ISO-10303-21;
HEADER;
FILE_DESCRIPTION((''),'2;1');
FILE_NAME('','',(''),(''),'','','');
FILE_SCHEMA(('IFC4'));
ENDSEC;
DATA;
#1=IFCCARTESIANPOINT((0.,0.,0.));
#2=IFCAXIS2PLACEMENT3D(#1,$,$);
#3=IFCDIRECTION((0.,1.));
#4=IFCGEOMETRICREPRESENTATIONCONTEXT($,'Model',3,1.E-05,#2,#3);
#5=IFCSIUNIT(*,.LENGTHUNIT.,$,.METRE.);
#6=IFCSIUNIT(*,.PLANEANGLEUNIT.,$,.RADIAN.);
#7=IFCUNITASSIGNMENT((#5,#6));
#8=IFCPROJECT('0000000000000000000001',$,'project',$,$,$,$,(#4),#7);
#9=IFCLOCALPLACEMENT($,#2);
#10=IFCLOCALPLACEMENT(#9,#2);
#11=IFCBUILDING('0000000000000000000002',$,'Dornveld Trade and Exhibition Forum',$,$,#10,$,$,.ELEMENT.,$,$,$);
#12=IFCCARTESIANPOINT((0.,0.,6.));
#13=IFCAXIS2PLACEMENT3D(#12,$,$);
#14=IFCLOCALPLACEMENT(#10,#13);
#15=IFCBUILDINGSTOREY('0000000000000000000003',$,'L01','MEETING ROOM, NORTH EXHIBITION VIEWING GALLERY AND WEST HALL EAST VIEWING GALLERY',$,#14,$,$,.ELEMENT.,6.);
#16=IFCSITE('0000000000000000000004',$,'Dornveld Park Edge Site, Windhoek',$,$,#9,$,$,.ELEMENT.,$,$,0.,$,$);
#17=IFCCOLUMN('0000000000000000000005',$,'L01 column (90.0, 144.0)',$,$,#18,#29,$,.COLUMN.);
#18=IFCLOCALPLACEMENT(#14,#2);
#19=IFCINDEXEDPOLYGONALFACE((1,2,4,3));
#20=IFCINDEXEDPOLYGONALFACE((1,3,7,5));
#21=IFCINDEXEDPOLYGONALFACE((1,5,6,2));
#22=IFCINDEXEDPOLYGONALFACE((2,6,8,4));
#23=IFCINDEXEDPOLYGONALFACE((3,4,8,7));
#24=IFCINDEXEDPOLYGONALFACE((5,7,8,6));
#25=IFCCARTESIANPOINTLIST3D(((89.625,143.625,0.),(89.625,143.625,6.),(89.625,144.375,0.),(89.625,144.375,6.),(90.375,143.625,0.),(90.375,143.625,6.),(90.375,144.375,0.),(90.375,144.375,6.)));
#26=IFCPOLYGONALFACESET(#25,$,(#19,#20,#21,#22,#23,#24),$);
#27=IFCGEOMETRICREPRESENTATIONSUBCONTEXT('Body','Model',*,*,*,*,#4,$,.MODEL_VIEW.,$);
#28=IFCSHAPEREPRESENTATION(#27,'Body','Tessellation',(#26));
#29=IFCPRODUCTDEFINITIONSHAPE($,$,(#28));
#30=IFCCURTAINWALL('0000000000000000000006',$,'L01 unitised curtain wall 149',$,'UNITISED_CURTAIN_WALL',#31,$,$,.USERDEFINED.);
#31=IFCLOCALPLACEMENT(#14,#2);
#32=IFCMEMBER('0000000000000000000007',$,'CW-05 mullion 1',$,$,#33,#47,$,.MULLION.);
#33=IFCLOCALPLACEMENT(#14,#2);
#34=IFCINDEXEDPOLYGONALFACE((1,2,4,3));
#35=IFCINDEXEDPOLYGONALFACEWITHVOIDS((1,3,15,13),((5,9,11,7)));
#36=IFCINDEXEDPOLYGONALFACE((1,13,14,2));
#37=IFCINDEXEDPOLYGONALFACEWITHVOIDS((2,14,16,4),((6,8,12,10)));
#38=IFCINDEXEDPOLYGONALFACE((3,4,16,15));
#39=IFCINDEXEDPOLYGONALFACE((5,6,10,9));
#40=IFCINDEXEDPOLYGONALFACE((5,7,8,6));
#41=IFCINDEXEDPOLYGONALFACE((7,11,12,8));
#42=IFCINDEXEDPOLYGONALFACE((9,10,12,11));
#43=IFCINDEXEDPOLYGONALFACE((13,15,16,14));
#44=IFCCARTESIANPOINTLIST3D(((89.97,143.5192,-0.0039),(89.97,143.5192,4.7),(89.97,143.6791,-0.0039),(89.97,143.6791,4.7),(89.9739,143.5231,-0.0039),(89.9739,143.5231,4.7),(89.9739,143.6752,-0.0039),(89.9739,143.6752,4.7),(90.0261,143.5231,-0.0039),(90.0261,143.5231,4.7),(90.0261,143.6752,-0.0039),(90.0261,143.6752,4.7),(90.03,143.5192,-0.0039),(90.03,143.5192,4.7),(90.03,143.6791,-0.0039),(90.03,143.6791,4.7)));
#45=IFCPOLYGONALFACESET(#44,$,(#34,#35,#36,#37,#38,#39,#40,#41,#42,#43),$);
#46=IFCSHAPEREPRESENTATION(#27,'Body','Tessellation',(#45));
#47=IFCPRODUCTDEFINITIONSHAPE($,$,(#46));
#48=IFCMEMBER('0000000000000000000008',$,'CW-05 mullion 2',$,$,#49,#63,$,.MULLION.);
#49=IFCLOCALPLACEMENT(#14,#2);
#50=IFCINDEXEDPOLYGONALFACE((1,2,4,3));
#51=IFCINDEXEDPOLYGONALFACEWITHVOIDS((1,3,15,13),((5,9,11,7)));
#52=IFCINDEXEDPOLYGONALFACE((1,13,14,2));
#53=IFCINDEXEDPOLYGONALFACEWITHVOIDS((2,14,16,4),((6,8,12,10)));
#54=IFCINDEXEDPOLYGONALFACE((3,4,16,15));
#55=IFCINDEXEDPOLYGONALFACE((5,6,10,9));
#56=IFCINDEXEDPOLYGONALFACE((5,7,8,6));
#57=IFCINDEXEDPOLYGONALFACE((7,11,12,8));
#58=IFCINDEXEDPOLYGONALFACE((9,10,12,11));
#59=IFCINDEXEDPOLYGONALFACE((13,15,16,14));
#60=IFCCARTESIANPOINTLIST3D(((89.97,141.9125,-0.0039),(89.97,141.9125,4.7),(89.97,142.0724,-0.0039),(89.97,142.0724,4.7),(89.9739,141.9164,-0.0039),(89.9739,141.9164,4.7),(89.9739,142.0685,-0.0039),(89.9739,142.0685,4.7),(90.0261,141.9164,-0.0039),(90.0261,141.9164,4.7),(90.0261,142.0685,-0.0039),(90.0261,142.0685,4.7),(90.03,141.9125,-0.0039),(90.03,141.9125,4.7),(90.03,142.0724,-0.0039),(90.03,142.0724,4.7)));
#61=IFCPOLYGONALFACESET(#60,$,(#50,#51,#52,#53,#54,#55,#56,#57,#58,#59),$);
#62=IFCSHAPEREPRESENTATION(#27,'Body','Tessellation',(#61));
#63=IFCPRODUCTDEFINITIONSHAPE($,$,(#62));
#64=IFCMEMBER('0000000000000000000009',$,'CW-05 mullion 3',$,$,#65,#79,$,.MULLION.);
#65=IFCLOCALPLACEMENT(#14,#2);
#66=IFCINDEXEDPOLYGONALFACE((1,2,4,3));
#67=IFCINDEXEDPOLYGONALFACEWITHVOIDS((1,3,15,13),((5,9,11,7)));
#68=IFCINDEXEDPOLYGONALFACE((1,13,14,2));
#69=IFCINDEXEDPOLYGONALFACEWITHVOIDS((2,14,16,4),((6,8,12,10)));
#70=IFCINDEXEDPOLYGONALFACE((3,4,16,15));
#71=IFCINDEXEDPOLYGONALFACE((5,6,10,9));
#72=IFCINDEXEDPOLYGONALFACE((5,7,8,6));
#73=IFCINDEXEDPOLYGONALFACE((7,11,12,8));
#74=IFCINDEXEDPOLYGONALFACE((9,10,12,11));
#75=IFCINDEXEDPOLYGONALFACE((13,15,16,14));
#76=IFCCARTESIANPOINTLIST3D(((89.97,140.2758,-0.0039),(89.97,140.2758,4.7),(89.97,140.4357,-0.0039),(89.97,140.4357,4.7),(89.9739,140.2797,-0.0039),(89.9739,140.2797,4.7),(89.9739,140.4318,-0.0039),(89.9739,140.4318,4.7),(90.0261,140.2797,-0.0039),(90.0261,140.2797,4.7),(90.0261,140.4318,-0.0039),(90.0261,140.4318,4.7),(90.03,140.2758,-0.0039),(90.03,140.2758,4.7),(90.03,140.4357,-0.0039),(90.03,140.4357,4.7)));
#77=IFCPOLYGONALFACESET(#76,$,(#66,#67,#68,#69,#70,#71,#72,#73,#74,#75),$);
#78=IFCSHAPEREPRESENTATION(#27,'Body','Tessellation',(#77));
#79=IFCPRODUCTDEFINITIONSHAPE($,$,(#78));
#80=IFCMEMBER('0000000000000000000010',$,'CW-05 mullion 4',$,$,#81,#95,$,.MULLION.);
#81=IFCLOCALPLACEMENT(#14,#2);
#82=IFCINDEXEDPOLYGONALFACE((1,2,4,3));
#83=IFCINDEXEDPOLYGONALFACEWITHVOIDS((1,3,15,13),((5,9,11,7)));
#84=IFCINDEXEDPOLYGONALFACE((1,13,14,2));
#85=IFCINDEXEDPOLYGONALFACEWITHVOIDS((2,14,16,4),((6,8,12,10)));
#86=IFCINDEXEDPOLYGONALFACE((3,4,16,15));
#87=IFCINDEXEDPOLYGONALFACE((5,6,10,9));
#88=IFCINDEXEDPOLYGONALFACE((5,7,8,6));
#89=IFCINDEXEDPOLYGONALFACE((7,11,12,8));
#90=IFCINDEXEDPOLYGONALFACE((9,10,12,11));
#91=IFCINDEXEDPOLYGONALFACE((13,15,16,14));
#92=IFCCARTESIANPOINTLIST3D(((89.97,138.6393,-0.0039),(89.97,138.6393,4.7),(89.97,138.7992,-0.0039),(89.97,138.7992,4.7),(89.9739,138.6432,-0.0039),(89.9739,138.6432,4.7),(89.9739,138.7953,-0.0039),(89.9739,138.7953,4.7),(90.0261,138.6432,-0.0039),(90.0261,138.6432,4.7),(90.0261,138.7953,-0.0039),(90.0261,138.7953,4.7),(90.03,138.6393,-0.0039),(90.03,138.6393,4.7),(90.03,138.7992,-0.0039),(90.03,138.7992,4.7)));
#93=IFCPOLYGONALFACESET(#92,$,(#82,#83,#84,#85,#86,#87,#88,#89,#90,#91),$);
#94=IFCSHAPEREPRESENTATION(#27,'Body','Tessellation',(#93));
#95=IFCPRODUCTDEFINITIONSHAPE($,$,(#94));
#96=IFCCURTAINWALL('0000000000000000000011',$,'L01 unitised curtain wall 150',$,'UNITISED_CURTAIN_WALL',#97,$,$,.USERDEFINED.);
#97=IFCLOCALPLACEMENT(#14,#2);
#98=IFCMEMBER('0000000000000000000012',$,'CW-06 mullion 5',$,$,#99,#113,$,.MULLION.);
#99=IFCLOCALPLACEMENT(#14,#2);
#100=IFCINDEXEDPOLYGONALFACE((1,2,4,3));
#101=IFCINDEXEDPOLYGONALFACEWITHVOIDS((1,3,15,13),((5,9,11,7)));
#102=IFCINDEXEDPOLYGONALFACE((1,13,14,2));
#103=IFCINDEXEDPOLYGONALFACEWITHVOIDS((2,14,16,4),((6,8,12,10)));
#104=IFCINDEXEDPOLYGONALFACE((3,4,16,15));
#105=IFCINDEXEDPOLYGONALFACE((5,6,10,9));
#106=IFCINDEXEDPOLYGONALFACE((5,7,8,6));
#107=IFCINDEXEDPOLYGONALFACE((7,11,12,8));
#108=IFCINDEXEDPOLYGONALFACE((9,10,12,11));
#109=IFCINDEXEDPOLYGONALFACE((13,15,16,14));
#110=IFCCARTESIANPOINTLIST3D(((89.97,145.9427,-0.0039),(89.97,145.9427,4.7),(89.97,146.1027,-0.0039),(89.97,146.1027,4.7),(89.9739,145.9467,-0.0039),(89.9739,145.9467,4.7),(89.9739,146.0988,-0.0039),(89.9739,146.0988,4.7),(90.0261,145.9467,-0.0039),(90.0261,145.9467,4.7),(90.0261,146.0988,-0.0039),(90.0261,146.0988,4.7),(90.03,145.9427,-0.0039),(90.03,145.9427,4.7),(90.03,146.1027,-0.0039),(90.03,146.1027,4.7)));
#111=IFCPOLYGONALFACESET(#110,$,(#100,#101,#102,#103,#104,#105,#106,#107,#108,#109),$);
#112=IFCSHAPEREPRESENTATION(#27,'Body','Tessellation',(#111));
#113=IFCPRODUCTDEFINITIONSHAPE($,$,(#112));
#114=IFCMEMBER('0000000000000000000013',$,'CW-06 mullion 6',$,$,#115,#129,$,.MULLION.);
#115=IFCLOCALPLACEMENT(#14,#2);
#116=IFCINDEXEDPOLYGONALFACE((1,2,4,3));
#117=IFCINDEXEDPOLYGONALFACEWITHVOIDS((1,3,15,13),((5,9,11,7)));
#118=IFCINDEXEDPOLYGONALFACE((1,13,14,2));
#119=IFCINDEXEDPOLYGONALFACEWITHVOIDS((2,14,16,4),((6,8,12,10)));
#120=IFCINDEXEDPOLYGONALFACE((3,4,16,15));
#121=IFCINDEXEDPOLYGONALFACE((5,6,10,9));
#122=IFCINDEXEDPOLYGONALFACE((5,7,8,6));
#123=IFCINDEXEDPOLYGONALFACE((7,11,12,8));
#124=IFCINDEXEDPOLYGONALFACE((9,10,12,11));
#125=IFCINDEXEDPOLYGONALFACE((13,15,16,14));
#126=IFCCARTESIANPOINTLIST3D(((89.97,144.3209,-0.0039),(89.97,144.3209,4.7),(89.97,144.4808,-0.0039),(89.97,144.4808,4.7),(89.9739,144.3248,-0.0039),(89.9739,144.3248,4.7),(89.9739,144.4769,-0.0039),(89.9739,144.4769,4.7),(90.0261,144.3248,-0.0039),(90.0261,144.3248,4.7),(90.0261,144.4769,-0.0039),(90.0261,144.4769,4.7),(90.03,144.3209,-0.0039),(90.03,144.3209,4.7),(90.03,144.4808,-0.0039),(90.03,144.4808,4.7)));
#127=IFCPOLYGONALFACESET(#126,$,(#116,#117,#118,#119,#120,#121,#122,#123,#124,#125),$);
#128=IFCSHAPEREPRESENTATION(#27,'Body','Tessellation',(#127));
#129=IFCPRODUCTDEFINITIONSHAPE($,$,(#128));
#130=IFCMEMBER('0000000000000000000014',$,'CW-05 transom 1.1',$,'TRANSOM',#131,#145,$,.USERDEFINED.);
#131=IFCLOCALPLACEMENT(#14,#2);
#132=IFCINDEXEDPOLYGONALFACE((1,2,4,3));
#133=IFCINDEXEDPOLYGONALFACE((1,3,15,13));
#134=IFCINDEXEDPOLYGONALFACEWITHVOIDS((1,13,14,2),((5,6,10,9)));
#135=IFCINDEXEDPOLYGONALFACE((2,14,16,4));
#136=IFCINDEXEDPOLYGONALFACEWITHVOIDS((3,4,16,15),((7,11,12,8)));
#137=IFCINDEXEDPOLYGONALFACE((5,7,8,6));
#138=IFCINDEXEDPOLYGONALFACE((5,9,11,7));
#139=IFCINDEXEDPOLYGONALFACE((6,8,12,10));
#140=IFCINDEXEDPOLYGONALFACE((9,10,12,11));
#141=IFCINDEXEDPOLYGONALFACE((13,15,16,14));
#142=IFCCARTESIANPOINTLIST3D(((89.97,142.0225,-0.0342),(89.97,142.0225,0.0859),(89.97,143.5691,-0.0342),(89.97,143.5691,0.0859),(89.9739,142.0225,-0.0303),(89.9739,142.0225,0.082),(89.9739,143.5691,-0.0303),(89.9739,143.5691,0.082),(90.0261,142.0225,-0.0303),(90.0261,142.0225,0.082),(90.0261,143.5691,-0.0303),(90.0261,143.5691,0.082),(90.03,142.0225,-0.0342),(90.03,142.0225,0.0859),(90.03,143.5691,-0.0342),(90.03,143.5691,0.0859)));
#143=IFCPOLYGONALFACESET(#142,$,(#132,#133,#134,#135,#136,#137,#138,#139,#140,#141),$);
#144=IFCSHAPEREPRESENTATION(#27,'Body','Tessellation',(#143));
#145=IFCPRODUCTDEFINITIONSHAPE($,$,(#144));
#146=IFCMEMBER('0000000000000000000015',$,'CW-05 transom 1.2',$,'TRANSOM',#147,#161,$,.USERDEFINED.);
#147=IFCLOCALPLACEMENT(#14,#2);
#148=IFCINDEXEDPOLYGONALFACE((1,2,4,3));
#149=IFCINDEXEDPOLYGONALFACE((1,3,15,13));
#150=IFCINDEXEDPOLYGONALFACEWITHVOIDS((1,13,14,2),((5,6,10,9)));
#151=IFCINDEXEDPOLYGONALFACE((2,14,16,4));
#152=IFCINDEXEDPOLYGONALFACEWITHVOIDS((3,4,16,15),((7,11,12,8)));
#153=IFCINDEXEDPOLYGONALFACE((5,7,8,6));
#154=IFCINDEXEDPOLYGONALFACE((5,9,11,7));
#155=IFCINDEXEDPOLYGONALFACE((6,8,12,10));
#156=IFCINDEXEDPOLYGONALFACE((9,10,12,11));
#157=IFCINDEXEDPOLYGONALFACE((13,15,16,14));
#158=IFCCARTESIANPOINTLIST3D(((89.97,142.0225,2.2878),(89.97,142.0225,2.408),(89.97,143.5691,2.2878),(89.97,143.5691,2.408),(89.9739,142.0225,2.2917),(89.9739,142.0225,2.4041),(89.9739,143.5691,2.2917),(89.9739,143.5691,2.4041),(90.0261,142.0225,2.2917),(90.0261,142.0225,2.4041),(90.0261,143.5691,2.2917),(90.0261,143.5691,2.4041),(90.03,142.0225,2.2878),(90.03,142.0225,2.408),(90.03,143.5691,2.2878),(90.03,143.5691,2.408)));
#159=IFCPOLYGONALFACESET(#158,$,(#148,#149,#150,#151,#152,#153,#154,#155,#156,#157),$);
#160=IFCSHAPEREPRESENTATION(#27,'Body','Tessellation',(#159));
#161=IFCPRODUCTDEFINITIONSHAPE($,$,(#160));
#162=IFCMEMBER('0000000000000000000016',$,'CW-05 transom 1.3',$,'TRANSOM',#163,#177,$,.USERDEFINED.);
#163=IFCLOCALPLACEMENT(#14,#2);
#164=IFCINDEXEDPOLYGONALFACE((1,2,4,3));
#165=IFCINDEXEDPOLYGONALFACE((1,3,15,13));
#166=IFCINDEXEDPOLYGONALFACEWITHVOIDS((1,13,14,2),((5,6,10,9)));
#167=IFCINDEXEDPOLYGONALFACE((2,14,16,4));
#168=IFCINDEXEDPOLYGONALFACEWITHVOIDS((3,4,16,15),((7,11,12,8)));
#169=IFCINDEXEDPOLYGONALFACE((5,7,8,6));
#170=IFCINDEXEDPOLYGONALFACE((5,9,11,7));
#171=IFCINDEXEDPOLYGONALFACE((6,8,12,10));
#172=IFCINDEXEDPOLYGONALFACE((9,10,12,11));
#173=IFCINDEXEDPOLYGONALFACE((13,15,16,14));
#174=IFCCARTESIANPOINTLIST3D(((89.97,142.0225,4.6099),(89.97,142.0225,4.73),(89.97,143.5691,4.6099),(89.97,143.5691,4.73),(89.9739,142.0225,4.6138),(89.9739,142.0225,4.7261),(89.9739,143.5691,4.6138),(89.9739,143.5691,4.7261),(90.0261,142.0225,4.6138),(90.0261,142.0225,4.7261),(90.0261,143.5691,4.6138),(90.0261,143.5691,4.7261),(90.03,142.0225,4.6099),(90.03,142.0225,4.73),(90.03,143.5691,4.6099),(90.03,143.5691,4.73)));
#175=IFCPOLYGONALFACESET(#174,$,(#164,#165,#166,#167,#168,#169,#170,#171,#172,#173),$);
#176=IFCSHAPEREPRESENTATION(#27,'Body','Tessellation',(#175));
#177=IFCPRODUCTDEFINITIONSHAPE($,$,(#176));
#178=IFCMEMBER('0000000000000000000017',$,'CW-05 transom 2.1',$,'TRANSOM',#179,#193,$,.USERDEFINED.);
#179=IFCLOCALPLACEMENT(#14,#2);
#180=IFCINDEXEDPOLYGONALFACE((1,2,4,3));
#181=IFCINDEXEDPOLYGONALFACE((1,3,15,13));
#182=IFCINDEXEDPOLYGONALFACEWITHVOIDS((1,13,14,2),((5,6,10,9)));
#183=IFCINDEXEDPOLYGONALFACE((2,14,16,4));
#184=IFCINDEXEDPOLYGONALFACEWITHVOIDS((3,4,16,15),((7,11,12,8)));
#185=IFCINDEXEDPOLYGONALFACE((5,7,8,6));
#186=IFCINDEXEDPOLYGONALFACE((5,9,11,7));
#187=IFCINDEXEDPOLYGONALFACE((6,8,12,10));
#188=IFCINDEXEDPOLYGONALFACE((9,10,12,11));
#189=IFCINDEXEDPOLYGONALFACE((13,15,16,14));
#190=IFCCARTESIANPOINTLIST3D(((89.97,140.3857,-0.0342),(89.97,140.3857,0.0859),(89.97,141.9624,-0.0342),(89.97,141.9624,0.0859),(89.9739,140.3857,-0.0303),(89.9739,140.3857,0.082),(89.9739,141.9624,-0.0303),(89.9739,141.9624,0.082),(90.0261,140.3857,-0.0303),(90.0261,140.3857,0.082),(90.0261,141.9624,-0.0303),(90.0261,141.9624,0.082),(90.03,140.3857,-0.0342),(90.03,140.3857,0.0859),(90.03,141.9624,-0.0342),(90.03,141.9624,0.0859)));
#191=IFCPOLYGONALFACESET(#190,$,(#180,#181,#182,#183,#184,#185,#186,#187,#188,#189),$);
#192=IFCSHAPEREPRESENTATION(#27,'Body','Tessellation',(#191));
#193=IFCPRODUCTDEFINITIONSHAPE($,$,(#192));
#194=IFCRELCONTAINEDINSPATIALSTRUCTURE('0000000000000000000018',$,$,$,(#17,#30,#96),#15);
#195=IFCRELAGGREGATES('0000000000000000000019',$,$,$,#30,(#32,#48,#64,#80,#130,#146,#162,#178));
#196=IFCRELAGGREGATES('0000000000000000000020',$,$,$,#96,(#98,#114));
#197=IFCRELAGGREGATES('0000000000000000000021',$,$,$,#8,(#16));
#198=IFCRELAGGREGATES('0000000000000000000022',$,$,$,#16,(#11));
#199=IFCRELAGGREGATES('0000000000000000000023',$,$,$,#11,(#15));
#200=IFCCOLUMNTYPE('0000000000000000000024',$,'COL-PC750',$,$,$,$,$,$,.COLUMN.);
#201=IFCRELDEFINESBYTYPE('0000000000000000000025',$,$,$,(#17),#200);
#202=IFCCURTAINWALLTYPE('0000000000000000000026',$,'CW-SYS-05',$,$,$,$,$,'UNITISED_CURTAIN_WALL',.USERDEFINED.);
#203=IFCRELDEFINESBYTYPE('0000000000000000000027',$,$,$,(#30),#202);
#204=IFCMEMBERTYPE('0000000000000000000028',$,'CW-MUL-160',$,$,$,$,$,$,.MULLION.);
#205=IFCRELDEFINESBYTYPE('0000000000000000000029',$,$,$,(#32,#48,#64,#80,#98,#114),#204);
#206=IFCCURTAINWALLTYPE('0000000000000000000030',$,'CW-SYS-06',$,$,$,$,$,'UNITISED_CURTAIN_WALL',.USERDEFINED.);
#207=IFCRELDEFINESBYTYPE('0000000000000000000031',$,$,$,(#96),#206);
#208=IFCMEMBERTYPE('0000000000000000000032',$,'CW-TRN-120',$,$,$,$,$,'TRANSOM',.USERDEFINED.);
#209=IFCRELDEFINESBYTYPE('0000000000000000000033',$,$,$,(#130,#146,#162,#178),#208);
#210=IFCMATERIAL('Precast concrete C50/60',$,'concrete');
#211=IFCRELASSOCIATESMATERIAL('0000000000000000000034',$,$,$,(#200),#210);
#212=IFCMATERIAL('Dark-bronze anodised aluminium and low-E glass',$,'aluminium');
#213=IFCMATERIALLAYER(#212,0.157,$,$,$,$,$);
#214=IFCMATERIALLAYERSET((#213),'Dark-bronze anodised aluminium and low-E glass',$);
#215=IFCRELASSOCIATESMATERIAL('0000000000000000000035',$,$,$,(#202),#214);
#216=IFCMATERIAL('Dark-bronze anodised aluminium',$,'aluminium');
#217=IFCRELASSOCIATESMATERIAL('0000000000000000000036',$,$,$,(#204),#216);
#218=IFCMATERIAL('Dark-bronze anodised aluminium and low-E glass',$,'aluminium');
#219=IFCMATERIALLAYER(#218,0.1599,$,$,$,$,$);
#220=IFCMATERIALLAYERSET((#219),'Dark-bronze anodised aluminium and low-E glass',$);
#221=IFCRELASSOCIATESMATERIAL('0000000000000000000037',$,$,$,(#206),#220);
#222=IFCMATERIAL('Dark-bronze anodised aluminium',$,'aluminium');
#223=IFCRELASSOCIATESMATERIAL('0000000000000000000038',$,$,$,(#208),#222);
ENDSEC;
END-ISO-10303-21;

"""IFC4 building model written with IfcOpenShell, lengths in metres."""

from ifc_helpers import new_model, si_unit, direction, frame, origin, origin_2d, place, context, subcontext, project, spatial, rectangle, hollow_rectangle, extrude, material, layer, layer_set, material_profile, profile_set, type_object, element, aggregate, save


model = new_model("IFC4")

# Units and contexts
model_context = context("Model", 3, precision=1e-05, world=origin(), true_north=direction((0.0, 1.0)))
body_context = subcontext(model_context, "Body", "Model", "MODEL_VIEW")
ifc_project = project(units=[si_unit("LENGTHUNIT", "METRE"), si_unit("PLANEANGLEUNIT", "RADIAN")], contexts=[model_context])

# Site, building, storey
site_placement = place(None, origin())
site = spatial("IfcSite", under=ifc_project, at=site_placement, Name="Dornveld Park Edge Site, Windhoek", CompositionType="ELEMENT", RefElevation=0.0)
building_placement = place(site_placement, origin())
building = spatial("IfcBuilding", under=site, at=building_placement, Name="Dornveld Trade and Exhibition Forum", CompositionType="ELEMENT")
storey_placement = place(building_placement, frame((0.0, 0.0, 6.0)))
storey = spatial("IfcBuildingStorey", under=building, at=storey_placement, Name="L01", Description="MEETING ROOM, NORTH EXHIBITION VIEWING GALLERY AND WEST HALL EAST VIEWING GALLERY", CompositionType="ELEMENT", Elevation=6.0)

# Column
ifc_material_1 = material(Name="Precast concrete C50/60", Category="concrete")
ifc_material_profile_1 = material_profile(ifc_material_1, rectangle(XDim=0.75, YDim=0.75, at=origin_2d()), Name="PC-COL 750x750")
ifc_profile_set_1 = profile_set([ifc_material_profile_1], Name="Precast concrete C50/60")
column_type = type_object("IfcColumnType", Name="COL-PC750", PredefinedType="COLUMN", material=ifc_profile_set_1)
column_placement = place(storey_placement, frame((90.0, 144.0, 0.0), z_axis=(0.0, 0.0, 1.0), x_axis=(1.0, 0.0, 0.0)))
element("IfcColumn", 1, at=column_placement, inside=storey, type_object=column_type, Name="L01 column (90.0, 144.0)", PredefinedType="COLUMN", context=body_context, shape_type="SweptSolid", body=[
    extrude(rectangle(XDim=0.75, YDim=0.75, at=origin_2d()), origin(), (0.0, 0.0, 1.0), 6.0),
])

# Curtain walls, members
ifc_material_2 = material(Name="Dark-bronze anodised aluminium and low-E glass", Category="aluminium")
ifc_layer_1 = layer(ifc_material_2, 0.157)
ifc_layer_set_1 = layer_set([ifc_layer_1], Name="Dark-bronze anodised aluminium and low-E glass")
curtain_wall_type_1 = type_object("IfcCurtainWallType", Name="CW-SYS-05", ElementType="UNITISED_CURTAIN_WALL", PredefinedType="USERDEFINED", material=ifc_layer_set_1)
curtain_wall_1_placement = place(storey_placement, origin())
curtain_wall_1 = element("IfcCurtainWall", 2, at=curtain_wall_1_placement, inside=storey, type_object=curtain_wall_type_1, Name="L01 unitised curtain wall 149", ObjectType="UNITISED_CURTAIN_WALL", PredefinedType="USERDEFINED")
ifc_material_3 = material(Name="Dark-bronze anodised aluminium", Category="aluminium")
ifc_material_profile_2 = material_profile(ifc_material_3, hollow_rectangle(XDim=0.0601, YDim=0.1599, WallThickness=0.0039, at=origin_2d()), Name="RHS 160x60x4")
ifc_profile_set_2 = profile_set([ifc_material_profile_2], Name="Dark-bronze anodised aluminium")
member_type_1 = type_object("IfcMemberType", Name="CW-MUL-160", PredefinedType="MULLION", material=ifc_profile_set_2)
member_1_placement = place(storey_placement, frame((90.0, 143.5991, -0.0039), z_axis=(0.0, 0.0, 1.0), x_axis=(1.0, 0.0, 0.0)))
member_1 = element("IfcMember", 3, at=member_1_placement, type_object=member_type_1, Name="CW-05 mullion 1", PredefinedType="MULLION", context=body_context, shape_type="SweptSolid", body=[
    extrude(hollow_rectangle(XDim=0.0601, YDim=0.1599, WallThickness=0.0039, at=origin_2d()), origin(), (0.0, 0.0, 1.0), 4.7039),
])
member_2_placement = place(storey_placement, frame((90.0, 141.9924, -0.0039), z_axis=(0.0, 0.0, 1.0), x_axis=(1.0, 0.0, 0.0)))
member_2 = element("IfcMember", 4, at=member_2_placement, type_object=member_type_1, Name="CW-05 mullion 2", PredefinedType="MULLION", context=body_context, shape_type="SweptSolid", body=[
    extrude(hollow_rectangle(XDim=0.0601, YDim=0.1599, WallThickness=0.0039, at=origin_2d()), origin(), (0.0, 0.0, 1.0), 4.7039),
])
member_3_placement = place(storey_placement, frame((90.0, 140.3557, -0.0039), z_axis=(0.0, 0.0, 1.0), x_axis=(1.0, 0.0, 0.0)))
member_3 = element("IfcMember", 5, at=member_3_placement, type_object=member_type_1, Name="CW-05 mullion 3", PredefinedType="MULLION", context=body_context, shape_type="SweptSolid", body=[
    extrude(hollow_rectangle(XDim=0.0601, YDim=0.1599, WallThickness=0.0039, at=origin_2d()), origin(), (0.0, 0.0, 1.0), 4.7039),
])
member_4_placement = place(storey_placement, frame((90.0, 138.7192, -0.0039), z_axis=(0.0, 0.0, 1.0), x_axis=(1.0, 0.0, 0.0)))
member_4 = element("IfcMember", 6, at=member_4_placement, type_object=member_type_1, Name="CW-05 mullion 4", PredefinedType="MULLION", context=body_context, shape_type="SweptSolid", body=[
    extrude(hollow_rectangle(XDim=0.0601, YDim=0.1599, WallThickness=0.0039, at=origin_2d()), origin(), (0.0, 0.0, 1.0), 4.7039),
])
ifc_material_4 = material(Name="Dark-bronze anodised aluminium and low-E glass", Category="aluminium")
ifc_layer_2 = layer(ifc_material_4, 0.1599)
ifc_layer_set_2 = layer_set([ifc_layer_2], Name="Dark-bronze anodised aluminium and low-E glass")
curtain_wall_type_2 = type_object("IfcCurtainWallType", Name="CW-SYS-06", ElementType="UNITISED_CURTAIN_WALL", PredefinedType="USERDEFINED", material=ifc_layer_set_2)
curtain_wall_2_placement = place(storey_placement, origin())
curtain_wall_2 = element("IfcCurtainWall", 7, at=curtain_wall_2_placement, inside=storey, type_object=curtain_wall_type_2, Name="L01 unitised curtain wall 150", ObjectType="UNITISED_CURTAIN_WALL", PredefinedType="USERDEFINED")
member_5_placement = place(storey_placement, frame((90.0, 146.0227, -0.0039), z_axis=(0.0, 0.0, 1.0), x_axis=(1.0, 0.0, 0.0)))
member_5 = element("IfcMember", 8, at=member_5_placement, type_object=member_type_1, Name="CW-06 mullion 5", PredefinedType="MULLION", context=body_context, shape_type="SweptSolid", body=[
    extrude(hollow_rectangle(XDim=0.0601, YDim=0.1599, WallThickness=0.0039, at=origin_2d()), origin(), (0.0, 0.0, 1.0), 4.7039),
])
member_6_placement = place(storey_placement, frame((90.0, 144.4009, -0.0039), z_axis=(0.0, 0.0, 1.0), x_axis=(1.0, 0.0, 0.0)))
member_6 = element("IfcMember", 9, at=member_6_placement, type_object=member_type_1, Name="CW-06 mullion 6", PredefinedType="MULLION", context=body_context, shape_type="SweptSolid", body=[
    extrude(hollow_rectangle(XDim=0.0601, YDim=0.1599, WallThickness=0.0039, at=origin_2d()), origin(), (0.0, 0.0, 1.0), 4.7039),
])

# Members
ifc_material_5 = material(Name="Dark-bronze anodised aluminium", Category="aluminium")
ifc_material_profile_3 = material_profile(ifc_material_5, hollow_rectangle(XDim=0.0601, YDim=0.1201, WallThickness=0.0039, at=origin_2d()), Name="RHS 120x60x4")
ifc_profile_set_3 = profile_set([ifc_material_profile_3], Name="Dark-bronze anodised aluminium")
member_type_2 = type_object("IfcMemberType", Name="CW-TRN-120", ElementType="TRANSOM", PredefinedType="USERDEFINED", material=ifc_profile_set_3)
member_7_placement = place(storey_placement, frame((90.0, 143.5691, 0.0259), z_axis=(0.0, -1.0, 0.0), x_axis=(1.0, 0.0, 0.0)))
member_7 = element("IfcMember", 10, at=member_7_placement, type_object=member_type_2, Name="CW-05 transom 1.1", ObjectType="TRANSOM", PredefinedType="USERDEFINED", context=body_context, shape_type="SweptSolid", body=[
    extrude(hollow_rectangle(XDim=0.0601, YDim=0.1201, WallThickness=0.0039, at=origin_2d()), origin(), (0.0, 0.0, 1.0), 1.5466),
])
member_8_placement = place(storey_placement, frame((90.0, 143.5691, 2.3479), z_axis=(0.0, -1.0, 0.0), x_axis=(1.0, 0.0, 0.0)))
member_8 = element("IfcMember", 11, at=member_8_placement, type_object=member_type_2, Name="CW-05 transom 1.2", ObjectType="TRANSOM", PredefinedType="USERDEFINED", context=body_context, shape_type="SweptSolid", body=[
    extrude(hollow_rectangle(XDim=0.0601, YDim=0.1201, WallThickness=0.0039, at=origin_2d()), origin(), (0.0, 0.0, 1.0), 1.5466),
])
member_9_placement = place(storey_placement, frame((90.0, 143.5691, 4.6699), z_axis=(0.0, -1.0, 0.0), x_axis=(1.0, 0.0, 0.0)))
member_9 = element("IfcMember", 12, at=member_9_placement, type_object=member_type_2, Name="CW-05 transom 1.3", ObjectType="TRANSOM", PredefinedType="USERDEFINED", context=body_context, shape_type="SweptSolid", body=[
    extrude(hollow_rectangle(XDim=0.0601, YDim=0.1201, WallThickness=0.0039, at=origin_2d()), origin(), (0.0, 0.0, 1.0), 1.5466),
])
member_10_placement = place(storey_placement, frame((90.0, 141.9624, 0.0259), z_axis=(0.0, -1.0, 0.0), x_axis=(1.0, 0.0, 0.0)))
member_10 = element("IfcMember", 13, at=member_10_placement, type_object=member_type_2, Name="CW-05 transom 2.1", ObjectType="TRANSOM", PredefinedType="USERDEFINED", context=body_context, shape_type="SweptSolid", body=[
    extrude(hollow_rectangle(XDim=0.0601, YDim=0.1201, WallThickness=0.0039, at=origin_2d()), origin(), (0.0, 0.0, 1.0), 1.5767),
])

aggregate(curtain_wall_1, [member_1, member_2, member_3, member_4, member_7, member_8, member_9, member_10])
aggregate(curtain_wall_2, [member_5, member_6])

save(model, "model.ifc")
